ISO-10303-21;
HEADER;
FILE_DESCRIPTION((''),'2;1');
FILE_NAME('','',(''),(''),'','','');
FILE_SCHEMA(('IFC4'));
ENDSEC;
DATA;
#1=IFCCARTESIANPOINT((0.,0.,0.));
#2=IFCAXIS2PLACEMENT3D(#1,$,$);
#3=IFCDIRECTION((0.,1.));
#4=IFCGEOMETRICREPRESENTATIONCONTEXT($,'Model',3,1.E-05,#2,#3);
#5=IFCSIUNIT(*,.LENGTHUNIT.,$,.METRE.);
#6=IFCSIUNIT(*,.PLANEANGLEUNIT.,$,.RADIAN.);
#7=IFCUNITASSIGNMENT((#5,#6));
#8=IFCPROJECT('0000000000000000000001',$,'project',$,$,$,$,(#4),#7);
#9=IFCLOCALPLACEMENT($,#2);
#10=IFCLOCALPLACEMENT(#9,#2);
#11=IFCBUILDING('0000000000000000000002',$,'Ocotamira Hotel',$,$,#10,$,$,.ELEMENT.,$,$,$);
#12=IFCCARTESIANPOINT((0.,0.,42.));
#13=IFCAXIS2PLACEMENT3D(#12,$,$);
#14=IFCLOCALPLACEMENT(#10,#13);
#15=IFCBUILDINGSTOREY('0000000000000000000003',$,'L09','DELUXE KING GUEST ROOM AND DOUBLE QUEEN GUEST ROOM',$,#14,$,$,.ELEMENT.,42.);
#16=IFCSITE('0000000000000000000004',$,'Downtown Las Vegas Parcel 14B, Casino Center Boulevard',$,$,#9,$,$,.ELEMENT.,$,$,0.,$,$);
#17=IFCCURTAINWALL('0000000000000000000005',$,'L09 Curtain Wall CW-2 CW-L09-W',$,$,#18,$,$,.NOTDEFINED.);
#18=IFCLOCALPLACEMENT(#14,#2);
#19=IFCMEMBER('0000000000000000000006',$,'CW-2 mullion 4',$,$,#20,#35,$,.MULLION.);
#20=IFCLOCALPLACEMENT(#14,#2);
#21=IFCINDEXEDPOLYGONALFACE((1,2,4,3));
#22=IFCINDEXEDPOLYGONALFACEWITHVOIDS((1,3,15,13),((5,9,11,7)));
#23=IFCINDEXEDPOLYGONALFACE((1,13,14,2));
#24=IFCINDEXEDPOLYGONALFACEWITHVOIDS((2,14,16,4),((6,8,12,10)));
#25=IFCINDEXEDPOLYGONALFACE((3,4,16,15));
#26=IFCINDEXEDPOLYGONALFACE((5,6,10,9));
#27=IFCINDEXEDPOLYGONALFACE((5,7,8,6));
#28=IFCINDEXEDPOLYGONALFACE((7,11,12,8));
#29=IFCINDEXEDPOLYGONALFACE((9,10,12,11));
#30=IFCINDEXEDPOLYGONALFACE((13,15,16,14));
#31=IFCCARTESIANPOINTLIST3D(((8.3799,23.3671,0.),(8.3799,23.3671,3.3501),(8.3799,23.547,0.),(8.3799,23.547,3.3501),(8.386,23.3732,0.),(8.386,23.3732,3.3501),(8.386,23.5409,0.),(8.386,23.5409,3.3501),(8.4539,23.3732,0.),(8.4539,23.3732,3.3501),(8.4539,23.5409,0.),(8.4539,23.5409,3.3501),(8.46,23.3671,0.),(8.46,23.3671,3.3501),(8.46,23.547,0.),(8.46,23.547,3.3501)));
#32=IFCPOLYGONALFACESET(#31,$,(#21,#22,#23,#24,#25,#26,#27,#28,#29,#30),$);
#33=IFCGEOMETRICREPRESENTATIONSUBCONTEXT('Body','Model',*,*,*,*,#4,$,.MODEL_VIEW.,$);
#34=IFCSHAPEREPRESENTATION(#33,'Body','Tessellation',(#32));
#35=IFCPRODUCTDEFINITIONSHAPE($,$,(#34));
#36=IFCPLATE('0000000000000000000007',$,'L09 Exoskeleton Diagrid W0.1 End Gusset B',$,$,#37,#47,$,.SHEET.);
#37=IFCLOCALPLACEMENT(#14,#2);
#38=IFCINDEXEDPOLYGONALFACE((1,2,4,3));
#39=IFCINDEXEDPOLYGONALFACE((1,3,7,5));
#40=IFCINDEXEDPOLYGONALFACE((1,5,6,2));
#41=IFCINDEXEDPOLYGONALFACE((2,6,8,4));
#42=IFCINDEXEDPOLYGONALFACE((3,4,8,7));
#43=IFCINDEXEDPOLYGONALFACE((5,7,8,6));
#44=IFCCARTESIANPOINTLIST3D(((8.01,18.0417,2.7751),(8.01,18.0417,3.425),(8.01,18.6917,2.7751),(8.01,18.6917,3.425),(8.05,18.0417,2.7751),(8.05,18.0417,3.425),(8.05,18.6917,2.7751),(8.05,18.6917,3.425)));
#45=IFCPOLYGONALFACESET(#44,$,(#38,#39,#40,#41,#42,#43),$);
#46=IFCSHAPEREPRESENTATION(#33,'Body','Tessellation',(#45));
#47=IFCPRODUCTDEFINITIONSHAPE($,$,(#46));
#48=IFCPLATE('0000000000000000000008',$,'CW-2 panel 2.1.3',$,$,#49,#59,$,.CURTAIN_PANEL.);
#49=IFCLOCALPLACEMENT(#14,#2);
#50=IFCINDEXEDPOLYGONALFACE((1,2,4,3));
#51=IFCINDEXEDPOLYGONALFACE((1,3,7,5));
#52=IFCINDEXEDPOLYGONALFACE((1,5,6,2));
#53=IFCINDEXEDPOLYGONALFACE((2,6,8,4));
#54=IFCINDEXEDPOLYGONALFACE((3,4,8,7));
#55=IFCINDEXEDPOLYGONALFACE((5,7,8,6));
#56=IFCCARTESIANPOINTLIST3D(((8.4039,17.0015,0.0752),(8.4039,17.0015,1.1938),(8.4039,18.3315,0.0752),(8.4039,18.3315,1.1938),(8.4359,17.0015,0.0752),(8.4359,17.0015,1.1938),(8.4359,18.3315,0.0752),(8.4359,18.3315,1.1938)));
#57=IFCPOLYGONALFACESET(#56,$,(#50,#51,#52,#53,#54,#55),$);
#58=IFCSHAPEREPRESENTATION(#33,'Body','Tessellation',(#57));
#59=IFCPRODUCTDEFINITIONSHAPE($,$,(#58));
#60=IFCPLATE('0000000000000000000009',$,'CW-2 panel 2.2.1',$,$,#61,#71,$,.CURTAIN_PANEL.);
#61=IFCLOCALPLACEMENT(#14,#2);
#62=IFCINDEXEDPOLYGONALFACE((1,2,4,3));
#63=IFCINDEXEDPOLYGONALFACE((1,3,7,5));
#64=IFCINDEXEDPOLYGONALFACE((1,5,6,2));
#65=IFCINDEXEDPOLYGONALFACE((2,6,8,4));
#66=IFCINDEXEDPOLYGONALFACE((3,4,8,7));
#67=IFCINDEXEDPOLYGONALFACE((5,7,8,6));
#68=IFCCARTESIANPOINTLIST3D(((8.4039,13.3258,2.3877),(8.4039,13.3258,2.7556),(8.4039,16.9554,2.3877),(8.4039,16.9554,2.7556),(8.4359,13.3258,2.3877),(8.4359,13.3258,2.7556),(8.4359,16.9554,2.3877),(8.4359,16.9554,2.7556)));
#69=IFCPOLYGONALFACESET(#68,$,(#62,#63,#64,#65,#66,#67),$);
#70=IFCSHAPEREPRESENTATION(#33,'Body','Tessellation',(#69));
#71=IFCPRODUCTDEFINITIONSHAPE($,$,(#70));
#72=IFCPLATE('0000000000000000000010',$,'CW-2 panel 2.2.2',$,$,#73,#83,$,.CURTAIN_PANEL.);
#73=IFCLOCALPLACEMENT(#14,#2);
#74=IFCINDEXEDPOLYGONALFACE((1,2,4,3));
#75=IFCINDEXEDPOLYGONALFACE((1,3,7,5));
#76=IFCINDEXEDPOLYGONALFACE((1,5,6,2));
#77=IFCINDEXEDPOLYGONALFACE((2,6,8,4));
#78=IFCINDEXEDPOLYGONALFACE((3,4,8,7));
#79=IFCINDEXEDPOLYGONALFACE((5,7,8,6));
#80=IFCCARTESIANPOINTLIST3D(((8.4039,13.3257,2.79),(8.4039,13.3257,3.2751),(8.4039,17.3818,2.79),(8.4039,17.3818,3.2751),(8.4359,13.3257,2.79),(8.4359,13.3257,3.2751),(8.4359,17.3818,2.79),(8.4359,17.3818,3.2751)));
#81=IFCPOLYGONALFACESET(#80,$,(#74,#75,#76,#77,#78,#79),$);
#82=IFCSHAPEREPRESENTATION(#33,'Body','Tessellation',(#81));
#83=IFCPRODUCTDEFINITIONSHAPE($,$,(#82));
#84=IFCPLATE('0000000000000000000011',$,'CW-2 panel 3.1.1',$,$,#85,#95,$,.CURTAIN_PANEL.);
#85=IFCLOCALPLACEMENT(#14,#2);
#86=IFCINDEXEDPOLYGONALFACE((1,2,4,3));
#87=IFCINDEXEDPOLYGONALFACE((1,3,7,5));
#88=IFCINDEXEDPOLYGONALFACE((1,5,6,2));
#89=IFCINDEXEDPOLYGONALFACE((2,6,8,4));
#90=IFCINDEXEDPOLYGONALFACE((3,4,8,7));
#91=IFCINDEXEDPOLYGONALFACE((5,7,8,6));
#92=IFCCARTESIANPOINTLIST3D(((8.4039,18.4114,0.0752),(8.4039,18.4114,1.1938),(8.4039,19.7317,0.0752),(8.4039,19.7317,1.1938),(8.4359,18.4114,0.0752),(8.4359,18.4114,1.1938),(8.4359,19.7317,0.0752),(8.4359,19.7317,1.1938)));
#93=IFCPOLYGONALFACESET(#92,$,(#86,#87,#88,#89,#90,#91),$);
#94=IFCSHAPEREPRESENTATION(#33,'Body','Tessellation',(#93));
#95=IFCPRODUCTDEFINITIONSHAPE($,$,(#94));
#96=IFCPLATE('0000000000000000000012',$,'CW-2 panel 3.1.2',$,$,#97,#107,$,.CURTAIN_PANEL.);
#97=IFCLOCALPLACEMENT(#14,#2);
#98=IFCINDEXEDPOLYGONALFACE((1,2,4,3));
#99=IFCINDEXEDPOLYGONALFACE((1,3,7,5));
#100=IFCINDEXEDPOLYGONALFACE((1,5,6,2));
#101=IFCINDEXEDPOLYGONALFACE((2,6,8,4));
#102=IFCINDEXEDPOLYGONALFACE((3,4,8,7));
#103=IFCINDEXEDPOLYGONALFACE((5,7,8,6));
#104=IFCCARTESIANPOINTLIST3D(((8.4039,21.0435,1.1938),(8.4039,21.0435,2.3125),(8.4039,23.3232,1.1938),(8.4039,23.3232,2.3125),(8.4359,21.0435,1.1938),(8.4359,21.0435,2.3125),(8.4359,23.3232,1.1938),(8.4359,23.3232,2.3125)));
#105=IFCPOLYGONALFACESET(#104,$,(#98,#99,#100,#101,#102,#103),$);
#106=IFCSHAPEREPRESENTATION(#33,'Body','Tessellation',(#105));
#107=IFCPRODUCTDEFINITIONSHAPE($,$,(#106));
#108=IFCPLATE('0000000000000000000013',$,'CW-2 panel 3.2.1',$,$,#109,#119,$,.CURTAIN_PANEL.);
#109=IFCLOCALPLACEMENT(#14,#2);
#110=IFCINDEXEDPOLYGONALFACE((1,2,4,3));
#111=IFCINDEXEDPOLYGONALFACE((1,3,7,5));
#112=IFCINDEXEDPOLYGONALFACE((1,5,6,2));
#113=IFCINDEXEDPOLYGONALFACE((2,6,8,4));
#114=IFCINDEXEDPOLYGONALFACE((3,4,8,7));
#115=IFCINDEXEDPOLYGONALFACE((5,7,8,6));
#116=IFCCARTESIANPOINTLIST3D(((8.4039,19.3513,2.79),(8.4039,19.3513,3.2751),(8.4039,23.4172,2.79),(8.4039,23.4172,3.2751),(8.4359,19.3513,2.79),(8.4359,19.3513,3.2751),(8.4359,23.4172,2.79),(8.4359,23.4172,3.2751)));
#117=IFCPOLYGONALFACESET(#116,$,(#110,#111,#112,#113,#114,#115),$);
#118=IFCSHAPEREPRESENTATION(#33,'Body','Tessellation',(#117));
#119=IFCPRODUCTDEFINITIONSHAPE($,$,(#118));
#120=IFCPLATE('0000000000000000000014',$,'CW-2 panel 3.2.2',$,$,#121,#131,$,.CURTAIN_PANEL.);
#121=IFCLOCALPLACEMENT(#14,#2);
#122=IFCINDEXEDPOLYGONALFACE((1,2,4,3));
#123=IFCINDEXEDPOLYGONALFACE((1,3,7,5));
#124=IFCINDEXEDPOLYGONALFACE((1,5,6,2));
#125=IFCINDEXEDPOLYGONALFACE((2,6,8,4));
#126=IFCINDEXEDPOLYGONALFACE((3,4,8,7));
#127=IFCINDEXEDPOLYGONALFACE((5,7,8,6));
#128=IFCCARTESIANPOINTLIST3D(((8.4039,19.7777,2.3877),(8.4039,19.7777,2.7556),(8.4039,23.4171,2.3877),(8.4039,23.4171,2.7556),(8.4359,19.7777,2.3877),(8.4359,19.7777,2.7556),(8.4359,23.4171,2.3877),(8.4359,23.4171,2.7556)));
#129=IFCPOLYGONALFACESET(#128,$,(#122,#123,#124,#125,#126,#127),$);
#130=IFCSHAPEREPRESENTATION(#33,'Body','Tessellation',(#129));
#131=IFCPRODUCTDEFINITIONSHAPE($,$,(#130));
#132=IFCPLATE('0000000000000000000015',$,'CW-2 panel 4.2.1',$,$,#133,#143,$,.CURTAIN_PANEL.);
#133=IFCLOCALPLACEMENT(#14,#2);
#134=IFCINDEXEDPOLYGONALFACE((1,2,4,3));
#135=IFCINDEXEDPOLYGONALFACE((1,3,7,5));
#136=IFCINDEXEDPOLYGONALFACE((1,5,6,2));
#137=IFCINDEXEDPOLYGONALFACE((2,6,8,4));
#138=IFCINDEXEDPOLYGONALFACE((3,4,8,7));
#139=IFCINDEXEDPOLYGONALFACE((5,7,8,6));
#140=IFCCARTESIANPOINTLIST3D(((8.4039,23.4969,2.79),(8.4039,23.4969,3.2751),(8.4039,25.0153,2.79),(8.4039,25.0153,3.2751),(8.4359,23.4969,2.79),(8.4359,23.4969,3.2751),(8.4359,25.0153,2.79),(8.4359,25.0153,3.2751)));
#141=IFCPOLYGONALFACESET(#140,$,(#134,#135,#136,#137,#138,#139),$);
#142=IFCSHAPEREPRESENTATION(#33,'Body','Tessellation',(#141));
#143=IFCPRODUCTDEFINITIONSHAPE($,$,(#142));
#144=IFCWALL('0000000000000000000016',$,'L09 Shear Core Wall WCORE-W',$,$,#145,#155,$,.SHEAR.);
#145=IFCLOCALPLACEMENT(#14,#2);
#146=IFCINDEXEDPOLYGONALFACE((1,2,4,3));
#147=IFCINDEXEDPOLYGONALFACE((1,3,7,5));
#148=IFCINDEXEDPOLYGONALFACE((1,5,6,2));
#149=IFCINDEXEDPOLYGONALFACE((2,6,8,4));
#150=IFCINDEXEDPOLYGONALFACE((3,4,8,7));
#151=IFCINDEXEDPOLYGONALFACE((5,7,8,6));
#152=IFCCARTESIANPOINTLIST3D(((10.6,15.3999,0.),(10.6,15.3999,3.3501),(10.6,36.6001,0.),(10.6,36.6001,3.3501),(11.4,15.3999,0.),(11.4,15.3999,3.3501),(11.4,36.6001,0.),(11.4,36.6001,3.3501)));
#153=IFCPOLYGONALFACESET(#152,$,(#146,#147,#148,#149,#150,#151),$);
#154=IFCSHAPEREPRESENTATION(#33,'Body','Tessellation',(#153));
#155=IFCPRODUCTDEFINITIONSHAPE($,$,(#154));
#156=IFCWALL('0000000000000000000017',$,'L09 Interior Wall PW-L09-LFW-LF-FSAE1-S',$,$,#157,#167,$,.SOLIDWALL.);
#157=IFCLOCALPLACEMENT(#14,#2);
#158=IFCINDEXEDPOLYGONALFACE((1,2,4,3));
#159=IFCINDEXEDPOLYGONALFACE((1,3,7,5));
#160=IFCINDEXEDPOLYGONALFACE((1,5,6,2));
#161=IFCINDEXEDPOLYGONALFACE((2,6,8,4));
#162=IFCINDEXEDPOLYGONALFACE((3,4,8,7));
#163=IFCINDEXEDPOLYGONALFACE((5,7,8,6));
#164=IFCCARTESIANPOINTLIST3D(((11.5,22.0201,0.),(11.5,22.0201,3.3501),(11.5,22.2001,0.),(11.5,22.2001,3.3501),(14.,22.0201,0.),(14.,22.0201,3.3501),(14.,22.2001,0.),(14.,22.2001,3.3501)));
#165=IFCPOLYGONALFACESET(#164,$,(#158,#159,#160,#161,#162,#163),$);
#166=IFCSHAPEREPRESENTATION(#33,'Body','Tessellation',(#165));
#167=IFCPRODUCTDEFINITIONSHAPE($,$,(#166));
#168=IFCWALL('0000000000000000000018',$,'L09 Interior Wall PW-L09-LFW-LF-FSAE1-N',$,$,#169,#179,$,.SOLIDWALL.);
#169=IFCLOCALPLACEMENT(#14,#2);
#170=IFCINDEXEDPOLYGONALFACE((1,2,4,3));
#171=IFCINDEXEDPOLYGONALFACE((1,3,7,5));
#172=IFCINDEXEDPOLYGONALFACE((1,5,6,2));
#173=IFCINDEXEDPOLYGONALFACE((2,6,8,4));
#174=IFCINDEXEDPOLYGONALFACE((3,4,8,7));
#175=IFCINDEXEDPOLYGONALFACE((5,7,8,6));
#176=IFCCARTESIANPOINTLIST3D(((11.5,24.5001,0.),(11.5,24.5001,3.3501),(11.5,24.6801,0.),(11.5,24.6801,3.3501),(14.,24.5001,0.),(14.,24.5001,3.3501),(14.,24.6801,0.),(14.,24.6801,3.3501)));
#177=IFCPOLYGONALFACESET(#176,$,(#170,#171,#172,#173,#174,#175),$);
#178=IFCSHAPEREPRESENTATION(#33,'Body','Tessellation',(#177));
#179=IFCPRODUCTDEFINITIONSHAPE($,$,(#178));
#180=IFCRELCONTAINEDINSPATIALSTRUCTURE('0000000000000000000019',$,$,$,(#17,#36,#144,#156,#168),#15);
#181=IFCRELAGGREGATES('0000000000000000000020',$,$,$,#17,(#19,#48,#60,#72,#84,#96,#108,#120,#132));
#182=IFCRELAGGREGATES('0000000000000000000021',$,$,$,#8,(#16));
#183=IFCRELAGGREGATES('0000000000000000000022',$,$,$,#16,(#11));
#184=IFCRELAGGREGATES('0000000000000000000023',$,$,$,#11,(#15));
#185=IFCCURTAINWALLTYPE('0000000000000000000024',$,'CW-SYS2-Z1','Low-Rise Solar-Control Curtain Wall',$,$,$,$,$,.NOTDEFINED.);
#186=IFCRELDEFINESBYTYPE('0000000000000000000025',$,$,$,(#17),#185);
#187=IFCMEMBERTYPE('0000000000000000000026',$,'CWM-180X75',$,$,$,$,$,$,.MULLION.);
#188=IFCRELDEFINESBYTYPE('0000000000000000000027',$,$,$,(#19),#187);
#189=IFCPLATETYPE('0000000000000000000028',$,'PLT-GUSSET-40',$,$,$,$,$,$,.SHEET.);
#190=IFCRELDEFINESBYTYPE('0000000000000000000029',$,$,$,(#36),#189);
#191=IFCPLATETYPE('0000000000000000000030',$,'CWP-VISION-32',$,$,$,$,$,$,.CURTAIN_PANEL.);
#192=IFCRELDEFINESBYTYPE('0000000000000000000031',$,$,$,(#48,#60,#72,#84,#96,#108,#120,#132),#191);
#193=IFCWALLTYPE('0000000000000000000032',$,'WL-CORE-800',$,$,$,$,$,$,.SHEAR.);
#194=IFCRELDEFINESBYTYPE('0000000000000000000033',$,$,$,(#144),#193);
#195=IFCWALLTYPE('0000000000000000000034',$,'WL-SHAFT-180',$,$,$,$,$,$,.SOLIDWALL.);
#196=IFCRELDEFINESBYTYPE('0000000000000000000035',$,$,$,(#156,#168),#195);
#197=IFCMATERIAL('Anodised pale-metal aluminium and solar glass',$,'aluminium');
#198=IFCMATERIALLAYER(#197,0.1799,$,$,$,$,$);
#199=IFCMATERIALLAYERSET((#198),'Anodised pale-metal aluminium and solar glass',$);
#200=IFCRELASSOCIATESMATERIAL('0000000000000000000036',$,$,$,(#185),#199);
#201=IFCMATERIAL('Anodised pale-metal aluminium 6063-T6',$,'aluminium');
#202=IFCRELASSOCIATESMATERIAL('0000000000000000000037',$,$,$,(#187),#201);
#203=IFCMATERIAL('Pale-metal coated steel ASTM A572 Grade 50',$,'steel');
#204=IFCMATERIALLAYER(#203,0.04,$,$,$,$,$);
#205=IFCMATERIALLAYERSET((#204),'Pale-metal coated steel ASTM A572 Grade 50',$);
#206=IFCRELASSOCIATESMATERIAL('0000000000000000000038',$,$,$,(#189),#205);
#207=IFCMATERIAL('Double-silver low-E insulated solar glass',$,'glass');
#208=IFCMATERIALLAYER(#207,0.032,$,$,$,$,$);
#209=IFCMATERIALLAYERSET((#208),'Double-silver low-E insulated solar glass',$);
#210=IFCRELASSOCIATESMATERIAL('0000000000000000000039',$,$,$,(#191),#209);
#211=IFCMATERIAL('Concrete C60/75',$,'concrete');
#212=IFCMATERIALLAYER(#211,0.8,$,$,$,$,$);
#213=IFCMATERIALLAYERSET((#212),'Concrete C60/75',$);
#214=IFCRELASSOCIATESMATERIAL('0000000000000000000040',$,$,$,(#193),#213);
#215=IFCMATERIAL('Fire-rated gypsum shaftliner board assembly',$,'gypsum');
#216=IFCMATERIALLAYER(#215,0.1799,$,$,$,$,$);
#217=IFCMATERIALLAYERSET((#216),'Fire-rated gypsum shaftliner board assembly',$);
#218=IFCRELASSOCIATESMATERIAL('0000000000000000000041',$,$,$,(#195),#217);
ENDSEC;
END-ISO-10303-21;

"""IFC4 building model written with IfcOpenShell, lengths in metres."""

from ifc_helpers import new_model, si_unit, direction, frame, frame_2d, origin, origin_2d, place, context, subcontext, project, spatial, rectangle, hollow_rectangle, extrude, source, transform, mapped, material, layer, layer_set, material_profile, profile_set, type_object, element, aggregate, save


model = new_model("IFC4")

# Units and contexts
model_context = context("Model", 3, precision=1e-05, world=origin(), true_north=direction((0.0, 1.0)))
body_context = subcontext(model_context, "Body", "Model", "MODEL_VIEW")
ifc_project = project(units=[si_unit("LENGTHUNIT", "METRE"), si_unit("PLANEANGLEUNIT", "RADIAN")], contexts=[model_context])

# Site, building, storey
site_placement = place(None, origin())
site = spatial("IfcSite", under=ifc_project, at=site_placement, Name="Downtown Las Vegas Parcel 14B, Casino Center Boulevard", CompositionType="ELEMENT", RefElevation=0.0)
building_placement = place(site_placement, origin())
building = spatial("IfcBuilding", under=site, at=building_placement, Name="Ocotamira Hotel", CompositionType="ELEMENT")
storey_placement = place(building_placement, frame((0.0, 0.0, 42.0)))
storey = spatial("IfcBuildingStorey", under=building, at=storey_placement, Name="L09", Description="DELUXE KING GUEST ROOM AND DOUBLE QUEEN GUEST ROOM", CompositionType="ELEMENT", Elevation=42.0)

# Shared definitions
ifc_material_1 = material(Name="Concrete C60/75", Category="concrete")

# Curtain wall, member
ifc_material_2 = material(Name="Anodised pale-metal aluminium and solar glass", Category="aluminium")
ifc_layer_1 = layer(ifc_material_2, 0.1799)
ifc_layer_set_1 = layer_set([ifc_layer_1], Name="Anodised pale-metal aluminium and solar glass")
curtain_wall_type = type_object("IfcCurtainWallType", Name="CW-SYS2-Z1", Description="Low-Rise Solar-Control Curtain Wall", PredefinedType="NOTDEFINED", material=ifc_layer_set_1)
curtain_wall_placement = place(storey_placement, origin())
curtain_wall = element("IfcCurtainWall", 1, at=curtain_wall_placement, inside=storey, type_object=curtain_wall_type, Name="L09 Curtain Wall CW-2 CW-L09-W", PredefinedType="NOTDEFINED")
ifc_material_3 = material(Name="Anodised pale-metal aluminium 6063-T6", Category="aluminium")
ifc_material_profile_1 = material_profile(ifc_material_3, hollow_rectangle(XDim=0.0801, YDim=0.1799, WallThickness=0.0061, at=origin_2d()), Name="HSS180X80X6")
ifc_profile_set_1 = profile_set([ifc_material_profile_1], Name="Anodised pale-metal aluminium 6063-T6")
member_type_1 = type_object("IfcMemberType", Name="CWM-180X75", PredefinedType="MULLION", material=ifc_profile_set_1)
shared_shape_1 = source(origin(), body_context, "Body", "SweptSolid", [
    extrude(hollow_rectangle(XDim=0.0801, YDim=0.1799, WallThickness=0.0061, at=origin_2d()), origin(), (0.0, 0.0, 1.0), 3.3501),
])
member_1_placement = place(storey_placement, frame((8.4199, 23.457, 0.0), z_axis=(0.0, 0.0, 1.0), x_axis=(-1.0, 0.0, 0.0)))
member_1 = element("IfcMember", 2, at=member_1_placement, type_object=member_type_1, Name="CW-2 mullion 4", PredefinedType="MULLION", context=body_context, shape_type="MappedRepresentation", body=[
    mapped(shared_shape_1, transform((0.0, 0.0, 0.0), scale=1.0)),
])

# Plates
ifc_material_4 = material(Name="Pale-metal coated steel ASTM A572 Grade 50", Category="steel")
ifc_layer_2 = layer(ifc_material_4, 0.04)
ifc_layer_set_2 = layer_set([ifc_layer_2], Name="Pale-metal coated steel ASTM A572 Grade 50")
plate_type_1 = type_object("IfcPlateType", Name="PLT-GUSSET-40", PredefinedType="SHEET", material=ifc_layer_set_2)
shared_shape_2 = source(origin(), body_context, "Body", "SweptSolid", [
    extrude(rectangle(XDim=0.04, YDim=0.6499, at=origin_2d()), origin(), (0.0, 0.0, 1.0), 0.6499),
])
plate_1_placement = place(storey_placement, frame((8.03, 18.3667, 2.7751), z_axis=(0.0, 0.0, 1.0), x_axis=(1.0, 0.0, 0.0)))
element("IfcPlate", 3, at=plate_1_placement, inside=storey, type_object=plate_type_1, Name="L09 Exoskeleton Diagrid W0.1 End Gusset B", PredefinedType="SHEET", context=body_context, shape_type="MappedRepresentation", body=[
    mapped(shared_shape_2, transform((0.0, 0.0, 0.0), scale=1.0)),
])
ifc_material_5 = material(Name="Double-silver low-E insulated solar glass", Category="glass")
ifc_layer_3 = layer(ifc_material_5, 0.032)
ifc_layer_set_3 = layer_set([ifc_layer_3], Name="Double-silver low-E insulated solar glass")
plate_type_2 = type_object("IfcPlateType", Name="CWP-VISION-32", PredefinedType="CURTAIN_PANEL", material=ifc_layer_set_3)
shared_shape_3 = source(origin(), body_context, "Body", "SweptSolid", [
    extrude(rectangle(XDim=1.3301, YDim=0.032, at=origin_2d()), origin(), (0.0, 0.0, 1.0), 1.1187),
])
plate_2_placement = place(storey_placement, frame((8.4199, 17.6665, 0.0752), z_axis=(0.0, 0.0, 1.0), x_axis=(0.0, 1.0, 0.0)))
plate_2 = element("IfcPlate", 4, at=plate_2_placement, type_object=plate_type_2, Name="CW-2 panel 2.1.3", PredefinedType="CURTAIN_PANEL", context=body_context, shape_type="MappedRepresentation", body=[
    mapped(shared_shape_3, transform((0.0, 0.0, 0.0), scale=1.0)),
])
shared_shape_4 = source(origin(), body_context, "Body", "SweptSolid", [
    extrude(rectangle(XDim=3.6296, YDim=0.032, at=origin_2d()), origin(), (0.0, 0.0, 1.0), 0.3679),
])
plate_3_placement = place(storey_placement, frame((8.4199, 15.1406, 2.3877), z_axis=(0.0, 0.0, 1.0), x_axis=(0.0, 1.0, 0.0)))
plate_3 = element("IfcPlate", 5, at=plate_3_placement, type_object=plate_type_2, Name="CW-2 panel 2.2.1", PredefinedType="CURTAIN_PANEL", context=body_context, shape_type="MappedRepresentation", body=[
    mapped(shared_shape_4, transform((0.0, 0.0, 0.0), scale=1.0)),
])
shared_shape_5 = source(origin(), body_context, "Body", "SweptSolid", [
    extrude(rectangle(XDim=4.0562, YDim=0.032, at=origin_2d()), origin(), (0.0, 0.0, 1.0), 0.4851),
])
plate_4_placement = place(storey_placement, frame((8.4199, 15.3538, 2.79), z_axis=(0.0, 0.0, 1.0), x_axis=(0.0, 1.0, 0.0)))
plate_4 = element("IfcPlate", 6, at=plate_4_placement, type_object=plate_type_2, Name="CW-2 panel 2.2.2", PredefinedType="CURTAIN_PANEL", context=body_context, shape_type="MappedRepresentation", body=[
    mapped(shared_shape_5, transform((0.0, 0.0, 0.0), scale=1.0)),
])
shared_shape_6 = source(origin(), body_context, "Body", "SweptSolid", [
    extrude(rectangle(XDim=1.3203, YDim=0.032, at=origin_2d()), origin(), (0.0, 0.0, 1.0), 1.1187),
])
plate_5_placement = place(storey_placement, frame((8.4199, 19.0715, 0.0752), z_axis=(0.0, 0.0, 1.0), x_axis=(0.0, 1.0, 0.0)))
plate_5 = element("IfcPlate", 7, at=plate_5_placement, type_object=plate_type_2, Name="CW-2 panel 3.1.1", PredefinedType="CURTAIN_PANEL", context=body_context, shape_type="MappedRepresentation", body=[
    mapped(shared_shape_6, transform((0.0, 0.0, 0.0), scale=1.0)),
])
shared_shape_7 = source(origin(), body_context, "Body", "SweptSolid", [
    extrude(rectangle(XDim=2.2798, YDim=0.032, at=origin_2d()), origin(), (0.0, 0.0, 1.0), 1.1187),
])
plate_6_placement = place(storey_placement, frame((8.4199, 22.1833, 1.1938), z_axis=(0.0, 0.0, 1.0), x_axis=(0.0, 1.0, 0.0)))
plate_6 = element("IfcPlate", 8, at=plate_6_placement, type_object=plate_type_2, Name="CW-2 panel 3.1.2", PredefinedType="CURTAIN_PANEL", context=body_context, shape_type="MappedRepresentation", body=[
    mapped(shared_shape_7, transform((0.0, 0.0, 0.0), scale=1.0)),
])
shared_shape_8 = source(origin(), body_context, "Body", "SweptSolid", [
    extrude(rectangle(XDim=4.0659, YDim=0.032, at=origin_2d()), origin(), (0.0, 0.0, 1.0), 0.4851),
])
plate_7_placement = place(storey_placement, frame((8.4199, 21.3843, 2.79), z_axis=(0.0, 0.0, 1.0), x_axis=(0.0, 1.0, 0.0)))
plate_7 = element("IfcPlate", 9, at=plate_7_placement, type_object=plate_type_2, Name="CW-2 panel 3.2.1", PredefinedType="CURTAIN_PANEL", context=body_context, shape_type="MappedRepresentation", body=[
    mapped(shared_shape_8, transform((0.0, 0.0, 0.0), scale=1.0)),
])
shared_shape_9 = source(origin(), body_context, "Body", "SweptSolid", [
    extrude(rectangle(XDim=3.6394, YDim=0.032, at=origin_2d()), origin(), (0.0, 0.0, 1.0), 0.3679),
])
plate_8_placement = place(storey_placement, frame((8.4199, 21.5974, 2.3877), z_axis=(0.0, 0.0, 1.0), x_axis=(0.0, 1.0, 0.0)))
plate_8 = element("IfcPlate", 10, at=plate_8_placement, type_object=plate_type_2, Name="CW-2 panel 3.2.2", PredefinedType="CURTAIN_PANEL", context=body_context, shape_type="MappedRepresentation", body=[
    mapped(shared_shape_9, transform((0.0, 0.0, 0.0), scale=1.0)),
])
shared_shape_10 = source(origin(), body_context, "Body", "SweptSolid", [
    extrude(rectangle(XDim=1.5183, YDim=0.032, at=origin_2d()), origin(), (0.0, 0.0, 1.0), 0.4851),
])
plate_9_placement = place(storey_placement, frame((8.4199, 24.2561, 2.79), z_axis=(0.0, 0.0, 1.0), x_axis=(0.0, 1.0, 0.0)))
plate_9 = element("IfcPlate", 11, at=plate_9_placement, type_object=plate_type_2, Name="CW-2 panel 4.2.1", PredefinedType="CURTAIN_PANEL", context=body_context, shape_type="MappedRepresentation", body=[
    mapped(shared_shape_10, transform((0.0, 0.0, 0.0), scale=1.0)),
])
aggregate(curtain_wall, [member_1, plate_2, plate_3, plate_4, plate_5, plate_6, plate_7, plate_8, plate_9])

# Shared definitions
ifc_layer_4 = layer(ifc_material_1, 0.8)
ifc_layer_set_4 = layer_set([ifc_layer_4], Name="Concrete C60/75")
wall_type_1 = type_object("IfcWallType", Name="WL-CORE-800", PredefinedType="SHEAR", material=ifc_layer_set_4)

# Walls
wall_1_placement = place(storey_placement, frame((11.0, 15.3999, 0.0), z_axis=(0.0, 0.0, 1.0), x_axis=(0.0, 1.0, 0.0)))
element("IfcWall", 12, at=wall_1_placement, inside=storey, type_object=wall_type_1, Name="L09 Shear Core Wall WCORE-W", PredefinedType="SHEAR", context=body_context, shape_type="SweptSolid", body=[
    extrude(rectangle(XDim=21.2002, YDim=0.8, at=frame_2d((10.6001, 0.0))), origin(), (0.0, 0.0, 1.0), 3.3501),
])
ifc_material_6 = material(Name="Fire-rated gypsum shaftliner board assembly", Category="gypsum")
ifc_layer_5 = layer(ifc_material_6, 0.1799)
ifc_layer_set_5 = layer_set([ifc_layer_5], Name="Fire-rated gypsum shaftliner board assembly")
wall_type_2 = type_object("IfcWallType", Name="WL-SHAFT-180", PredefinedType="SOLIDWALL", material=ifc_layer_set_5)
for number, where, z_axis, x_axis, name in (
    (13, (11.5, 22.1101, 0.0), (0.0, 0.0, 1.0), (1.0, 0.0, 0.0), "L09 Interior Wall PW-L09-LFW-LF-FSAE1-S"),
    (14, (11.5, 24.5901, 0.0), (0.0, 0.0, 1.0), (1.0, 0.0, 0.0), "L09 Interior Wall PW-L09-LFW-LF-FSAE1-N"),
):
    element("IfcWall", number, at=place(storey_placement, frame(where, z_axis=z_axis, x_axis=x_axis)), inside=storey, type_object=wall_type_2, Name=name, PredefinedType="SOLIDWALL", context=body_context, shape_type="SweptSolid", body=[
        extrude(rectangle(XDim=2.5, YDim=0.1799, at=frame_2d((1.25, 0.0))), origin(), (0.0, 0.0, 1.0), 3.3501),
    ])

save(model, "model.ifc")
